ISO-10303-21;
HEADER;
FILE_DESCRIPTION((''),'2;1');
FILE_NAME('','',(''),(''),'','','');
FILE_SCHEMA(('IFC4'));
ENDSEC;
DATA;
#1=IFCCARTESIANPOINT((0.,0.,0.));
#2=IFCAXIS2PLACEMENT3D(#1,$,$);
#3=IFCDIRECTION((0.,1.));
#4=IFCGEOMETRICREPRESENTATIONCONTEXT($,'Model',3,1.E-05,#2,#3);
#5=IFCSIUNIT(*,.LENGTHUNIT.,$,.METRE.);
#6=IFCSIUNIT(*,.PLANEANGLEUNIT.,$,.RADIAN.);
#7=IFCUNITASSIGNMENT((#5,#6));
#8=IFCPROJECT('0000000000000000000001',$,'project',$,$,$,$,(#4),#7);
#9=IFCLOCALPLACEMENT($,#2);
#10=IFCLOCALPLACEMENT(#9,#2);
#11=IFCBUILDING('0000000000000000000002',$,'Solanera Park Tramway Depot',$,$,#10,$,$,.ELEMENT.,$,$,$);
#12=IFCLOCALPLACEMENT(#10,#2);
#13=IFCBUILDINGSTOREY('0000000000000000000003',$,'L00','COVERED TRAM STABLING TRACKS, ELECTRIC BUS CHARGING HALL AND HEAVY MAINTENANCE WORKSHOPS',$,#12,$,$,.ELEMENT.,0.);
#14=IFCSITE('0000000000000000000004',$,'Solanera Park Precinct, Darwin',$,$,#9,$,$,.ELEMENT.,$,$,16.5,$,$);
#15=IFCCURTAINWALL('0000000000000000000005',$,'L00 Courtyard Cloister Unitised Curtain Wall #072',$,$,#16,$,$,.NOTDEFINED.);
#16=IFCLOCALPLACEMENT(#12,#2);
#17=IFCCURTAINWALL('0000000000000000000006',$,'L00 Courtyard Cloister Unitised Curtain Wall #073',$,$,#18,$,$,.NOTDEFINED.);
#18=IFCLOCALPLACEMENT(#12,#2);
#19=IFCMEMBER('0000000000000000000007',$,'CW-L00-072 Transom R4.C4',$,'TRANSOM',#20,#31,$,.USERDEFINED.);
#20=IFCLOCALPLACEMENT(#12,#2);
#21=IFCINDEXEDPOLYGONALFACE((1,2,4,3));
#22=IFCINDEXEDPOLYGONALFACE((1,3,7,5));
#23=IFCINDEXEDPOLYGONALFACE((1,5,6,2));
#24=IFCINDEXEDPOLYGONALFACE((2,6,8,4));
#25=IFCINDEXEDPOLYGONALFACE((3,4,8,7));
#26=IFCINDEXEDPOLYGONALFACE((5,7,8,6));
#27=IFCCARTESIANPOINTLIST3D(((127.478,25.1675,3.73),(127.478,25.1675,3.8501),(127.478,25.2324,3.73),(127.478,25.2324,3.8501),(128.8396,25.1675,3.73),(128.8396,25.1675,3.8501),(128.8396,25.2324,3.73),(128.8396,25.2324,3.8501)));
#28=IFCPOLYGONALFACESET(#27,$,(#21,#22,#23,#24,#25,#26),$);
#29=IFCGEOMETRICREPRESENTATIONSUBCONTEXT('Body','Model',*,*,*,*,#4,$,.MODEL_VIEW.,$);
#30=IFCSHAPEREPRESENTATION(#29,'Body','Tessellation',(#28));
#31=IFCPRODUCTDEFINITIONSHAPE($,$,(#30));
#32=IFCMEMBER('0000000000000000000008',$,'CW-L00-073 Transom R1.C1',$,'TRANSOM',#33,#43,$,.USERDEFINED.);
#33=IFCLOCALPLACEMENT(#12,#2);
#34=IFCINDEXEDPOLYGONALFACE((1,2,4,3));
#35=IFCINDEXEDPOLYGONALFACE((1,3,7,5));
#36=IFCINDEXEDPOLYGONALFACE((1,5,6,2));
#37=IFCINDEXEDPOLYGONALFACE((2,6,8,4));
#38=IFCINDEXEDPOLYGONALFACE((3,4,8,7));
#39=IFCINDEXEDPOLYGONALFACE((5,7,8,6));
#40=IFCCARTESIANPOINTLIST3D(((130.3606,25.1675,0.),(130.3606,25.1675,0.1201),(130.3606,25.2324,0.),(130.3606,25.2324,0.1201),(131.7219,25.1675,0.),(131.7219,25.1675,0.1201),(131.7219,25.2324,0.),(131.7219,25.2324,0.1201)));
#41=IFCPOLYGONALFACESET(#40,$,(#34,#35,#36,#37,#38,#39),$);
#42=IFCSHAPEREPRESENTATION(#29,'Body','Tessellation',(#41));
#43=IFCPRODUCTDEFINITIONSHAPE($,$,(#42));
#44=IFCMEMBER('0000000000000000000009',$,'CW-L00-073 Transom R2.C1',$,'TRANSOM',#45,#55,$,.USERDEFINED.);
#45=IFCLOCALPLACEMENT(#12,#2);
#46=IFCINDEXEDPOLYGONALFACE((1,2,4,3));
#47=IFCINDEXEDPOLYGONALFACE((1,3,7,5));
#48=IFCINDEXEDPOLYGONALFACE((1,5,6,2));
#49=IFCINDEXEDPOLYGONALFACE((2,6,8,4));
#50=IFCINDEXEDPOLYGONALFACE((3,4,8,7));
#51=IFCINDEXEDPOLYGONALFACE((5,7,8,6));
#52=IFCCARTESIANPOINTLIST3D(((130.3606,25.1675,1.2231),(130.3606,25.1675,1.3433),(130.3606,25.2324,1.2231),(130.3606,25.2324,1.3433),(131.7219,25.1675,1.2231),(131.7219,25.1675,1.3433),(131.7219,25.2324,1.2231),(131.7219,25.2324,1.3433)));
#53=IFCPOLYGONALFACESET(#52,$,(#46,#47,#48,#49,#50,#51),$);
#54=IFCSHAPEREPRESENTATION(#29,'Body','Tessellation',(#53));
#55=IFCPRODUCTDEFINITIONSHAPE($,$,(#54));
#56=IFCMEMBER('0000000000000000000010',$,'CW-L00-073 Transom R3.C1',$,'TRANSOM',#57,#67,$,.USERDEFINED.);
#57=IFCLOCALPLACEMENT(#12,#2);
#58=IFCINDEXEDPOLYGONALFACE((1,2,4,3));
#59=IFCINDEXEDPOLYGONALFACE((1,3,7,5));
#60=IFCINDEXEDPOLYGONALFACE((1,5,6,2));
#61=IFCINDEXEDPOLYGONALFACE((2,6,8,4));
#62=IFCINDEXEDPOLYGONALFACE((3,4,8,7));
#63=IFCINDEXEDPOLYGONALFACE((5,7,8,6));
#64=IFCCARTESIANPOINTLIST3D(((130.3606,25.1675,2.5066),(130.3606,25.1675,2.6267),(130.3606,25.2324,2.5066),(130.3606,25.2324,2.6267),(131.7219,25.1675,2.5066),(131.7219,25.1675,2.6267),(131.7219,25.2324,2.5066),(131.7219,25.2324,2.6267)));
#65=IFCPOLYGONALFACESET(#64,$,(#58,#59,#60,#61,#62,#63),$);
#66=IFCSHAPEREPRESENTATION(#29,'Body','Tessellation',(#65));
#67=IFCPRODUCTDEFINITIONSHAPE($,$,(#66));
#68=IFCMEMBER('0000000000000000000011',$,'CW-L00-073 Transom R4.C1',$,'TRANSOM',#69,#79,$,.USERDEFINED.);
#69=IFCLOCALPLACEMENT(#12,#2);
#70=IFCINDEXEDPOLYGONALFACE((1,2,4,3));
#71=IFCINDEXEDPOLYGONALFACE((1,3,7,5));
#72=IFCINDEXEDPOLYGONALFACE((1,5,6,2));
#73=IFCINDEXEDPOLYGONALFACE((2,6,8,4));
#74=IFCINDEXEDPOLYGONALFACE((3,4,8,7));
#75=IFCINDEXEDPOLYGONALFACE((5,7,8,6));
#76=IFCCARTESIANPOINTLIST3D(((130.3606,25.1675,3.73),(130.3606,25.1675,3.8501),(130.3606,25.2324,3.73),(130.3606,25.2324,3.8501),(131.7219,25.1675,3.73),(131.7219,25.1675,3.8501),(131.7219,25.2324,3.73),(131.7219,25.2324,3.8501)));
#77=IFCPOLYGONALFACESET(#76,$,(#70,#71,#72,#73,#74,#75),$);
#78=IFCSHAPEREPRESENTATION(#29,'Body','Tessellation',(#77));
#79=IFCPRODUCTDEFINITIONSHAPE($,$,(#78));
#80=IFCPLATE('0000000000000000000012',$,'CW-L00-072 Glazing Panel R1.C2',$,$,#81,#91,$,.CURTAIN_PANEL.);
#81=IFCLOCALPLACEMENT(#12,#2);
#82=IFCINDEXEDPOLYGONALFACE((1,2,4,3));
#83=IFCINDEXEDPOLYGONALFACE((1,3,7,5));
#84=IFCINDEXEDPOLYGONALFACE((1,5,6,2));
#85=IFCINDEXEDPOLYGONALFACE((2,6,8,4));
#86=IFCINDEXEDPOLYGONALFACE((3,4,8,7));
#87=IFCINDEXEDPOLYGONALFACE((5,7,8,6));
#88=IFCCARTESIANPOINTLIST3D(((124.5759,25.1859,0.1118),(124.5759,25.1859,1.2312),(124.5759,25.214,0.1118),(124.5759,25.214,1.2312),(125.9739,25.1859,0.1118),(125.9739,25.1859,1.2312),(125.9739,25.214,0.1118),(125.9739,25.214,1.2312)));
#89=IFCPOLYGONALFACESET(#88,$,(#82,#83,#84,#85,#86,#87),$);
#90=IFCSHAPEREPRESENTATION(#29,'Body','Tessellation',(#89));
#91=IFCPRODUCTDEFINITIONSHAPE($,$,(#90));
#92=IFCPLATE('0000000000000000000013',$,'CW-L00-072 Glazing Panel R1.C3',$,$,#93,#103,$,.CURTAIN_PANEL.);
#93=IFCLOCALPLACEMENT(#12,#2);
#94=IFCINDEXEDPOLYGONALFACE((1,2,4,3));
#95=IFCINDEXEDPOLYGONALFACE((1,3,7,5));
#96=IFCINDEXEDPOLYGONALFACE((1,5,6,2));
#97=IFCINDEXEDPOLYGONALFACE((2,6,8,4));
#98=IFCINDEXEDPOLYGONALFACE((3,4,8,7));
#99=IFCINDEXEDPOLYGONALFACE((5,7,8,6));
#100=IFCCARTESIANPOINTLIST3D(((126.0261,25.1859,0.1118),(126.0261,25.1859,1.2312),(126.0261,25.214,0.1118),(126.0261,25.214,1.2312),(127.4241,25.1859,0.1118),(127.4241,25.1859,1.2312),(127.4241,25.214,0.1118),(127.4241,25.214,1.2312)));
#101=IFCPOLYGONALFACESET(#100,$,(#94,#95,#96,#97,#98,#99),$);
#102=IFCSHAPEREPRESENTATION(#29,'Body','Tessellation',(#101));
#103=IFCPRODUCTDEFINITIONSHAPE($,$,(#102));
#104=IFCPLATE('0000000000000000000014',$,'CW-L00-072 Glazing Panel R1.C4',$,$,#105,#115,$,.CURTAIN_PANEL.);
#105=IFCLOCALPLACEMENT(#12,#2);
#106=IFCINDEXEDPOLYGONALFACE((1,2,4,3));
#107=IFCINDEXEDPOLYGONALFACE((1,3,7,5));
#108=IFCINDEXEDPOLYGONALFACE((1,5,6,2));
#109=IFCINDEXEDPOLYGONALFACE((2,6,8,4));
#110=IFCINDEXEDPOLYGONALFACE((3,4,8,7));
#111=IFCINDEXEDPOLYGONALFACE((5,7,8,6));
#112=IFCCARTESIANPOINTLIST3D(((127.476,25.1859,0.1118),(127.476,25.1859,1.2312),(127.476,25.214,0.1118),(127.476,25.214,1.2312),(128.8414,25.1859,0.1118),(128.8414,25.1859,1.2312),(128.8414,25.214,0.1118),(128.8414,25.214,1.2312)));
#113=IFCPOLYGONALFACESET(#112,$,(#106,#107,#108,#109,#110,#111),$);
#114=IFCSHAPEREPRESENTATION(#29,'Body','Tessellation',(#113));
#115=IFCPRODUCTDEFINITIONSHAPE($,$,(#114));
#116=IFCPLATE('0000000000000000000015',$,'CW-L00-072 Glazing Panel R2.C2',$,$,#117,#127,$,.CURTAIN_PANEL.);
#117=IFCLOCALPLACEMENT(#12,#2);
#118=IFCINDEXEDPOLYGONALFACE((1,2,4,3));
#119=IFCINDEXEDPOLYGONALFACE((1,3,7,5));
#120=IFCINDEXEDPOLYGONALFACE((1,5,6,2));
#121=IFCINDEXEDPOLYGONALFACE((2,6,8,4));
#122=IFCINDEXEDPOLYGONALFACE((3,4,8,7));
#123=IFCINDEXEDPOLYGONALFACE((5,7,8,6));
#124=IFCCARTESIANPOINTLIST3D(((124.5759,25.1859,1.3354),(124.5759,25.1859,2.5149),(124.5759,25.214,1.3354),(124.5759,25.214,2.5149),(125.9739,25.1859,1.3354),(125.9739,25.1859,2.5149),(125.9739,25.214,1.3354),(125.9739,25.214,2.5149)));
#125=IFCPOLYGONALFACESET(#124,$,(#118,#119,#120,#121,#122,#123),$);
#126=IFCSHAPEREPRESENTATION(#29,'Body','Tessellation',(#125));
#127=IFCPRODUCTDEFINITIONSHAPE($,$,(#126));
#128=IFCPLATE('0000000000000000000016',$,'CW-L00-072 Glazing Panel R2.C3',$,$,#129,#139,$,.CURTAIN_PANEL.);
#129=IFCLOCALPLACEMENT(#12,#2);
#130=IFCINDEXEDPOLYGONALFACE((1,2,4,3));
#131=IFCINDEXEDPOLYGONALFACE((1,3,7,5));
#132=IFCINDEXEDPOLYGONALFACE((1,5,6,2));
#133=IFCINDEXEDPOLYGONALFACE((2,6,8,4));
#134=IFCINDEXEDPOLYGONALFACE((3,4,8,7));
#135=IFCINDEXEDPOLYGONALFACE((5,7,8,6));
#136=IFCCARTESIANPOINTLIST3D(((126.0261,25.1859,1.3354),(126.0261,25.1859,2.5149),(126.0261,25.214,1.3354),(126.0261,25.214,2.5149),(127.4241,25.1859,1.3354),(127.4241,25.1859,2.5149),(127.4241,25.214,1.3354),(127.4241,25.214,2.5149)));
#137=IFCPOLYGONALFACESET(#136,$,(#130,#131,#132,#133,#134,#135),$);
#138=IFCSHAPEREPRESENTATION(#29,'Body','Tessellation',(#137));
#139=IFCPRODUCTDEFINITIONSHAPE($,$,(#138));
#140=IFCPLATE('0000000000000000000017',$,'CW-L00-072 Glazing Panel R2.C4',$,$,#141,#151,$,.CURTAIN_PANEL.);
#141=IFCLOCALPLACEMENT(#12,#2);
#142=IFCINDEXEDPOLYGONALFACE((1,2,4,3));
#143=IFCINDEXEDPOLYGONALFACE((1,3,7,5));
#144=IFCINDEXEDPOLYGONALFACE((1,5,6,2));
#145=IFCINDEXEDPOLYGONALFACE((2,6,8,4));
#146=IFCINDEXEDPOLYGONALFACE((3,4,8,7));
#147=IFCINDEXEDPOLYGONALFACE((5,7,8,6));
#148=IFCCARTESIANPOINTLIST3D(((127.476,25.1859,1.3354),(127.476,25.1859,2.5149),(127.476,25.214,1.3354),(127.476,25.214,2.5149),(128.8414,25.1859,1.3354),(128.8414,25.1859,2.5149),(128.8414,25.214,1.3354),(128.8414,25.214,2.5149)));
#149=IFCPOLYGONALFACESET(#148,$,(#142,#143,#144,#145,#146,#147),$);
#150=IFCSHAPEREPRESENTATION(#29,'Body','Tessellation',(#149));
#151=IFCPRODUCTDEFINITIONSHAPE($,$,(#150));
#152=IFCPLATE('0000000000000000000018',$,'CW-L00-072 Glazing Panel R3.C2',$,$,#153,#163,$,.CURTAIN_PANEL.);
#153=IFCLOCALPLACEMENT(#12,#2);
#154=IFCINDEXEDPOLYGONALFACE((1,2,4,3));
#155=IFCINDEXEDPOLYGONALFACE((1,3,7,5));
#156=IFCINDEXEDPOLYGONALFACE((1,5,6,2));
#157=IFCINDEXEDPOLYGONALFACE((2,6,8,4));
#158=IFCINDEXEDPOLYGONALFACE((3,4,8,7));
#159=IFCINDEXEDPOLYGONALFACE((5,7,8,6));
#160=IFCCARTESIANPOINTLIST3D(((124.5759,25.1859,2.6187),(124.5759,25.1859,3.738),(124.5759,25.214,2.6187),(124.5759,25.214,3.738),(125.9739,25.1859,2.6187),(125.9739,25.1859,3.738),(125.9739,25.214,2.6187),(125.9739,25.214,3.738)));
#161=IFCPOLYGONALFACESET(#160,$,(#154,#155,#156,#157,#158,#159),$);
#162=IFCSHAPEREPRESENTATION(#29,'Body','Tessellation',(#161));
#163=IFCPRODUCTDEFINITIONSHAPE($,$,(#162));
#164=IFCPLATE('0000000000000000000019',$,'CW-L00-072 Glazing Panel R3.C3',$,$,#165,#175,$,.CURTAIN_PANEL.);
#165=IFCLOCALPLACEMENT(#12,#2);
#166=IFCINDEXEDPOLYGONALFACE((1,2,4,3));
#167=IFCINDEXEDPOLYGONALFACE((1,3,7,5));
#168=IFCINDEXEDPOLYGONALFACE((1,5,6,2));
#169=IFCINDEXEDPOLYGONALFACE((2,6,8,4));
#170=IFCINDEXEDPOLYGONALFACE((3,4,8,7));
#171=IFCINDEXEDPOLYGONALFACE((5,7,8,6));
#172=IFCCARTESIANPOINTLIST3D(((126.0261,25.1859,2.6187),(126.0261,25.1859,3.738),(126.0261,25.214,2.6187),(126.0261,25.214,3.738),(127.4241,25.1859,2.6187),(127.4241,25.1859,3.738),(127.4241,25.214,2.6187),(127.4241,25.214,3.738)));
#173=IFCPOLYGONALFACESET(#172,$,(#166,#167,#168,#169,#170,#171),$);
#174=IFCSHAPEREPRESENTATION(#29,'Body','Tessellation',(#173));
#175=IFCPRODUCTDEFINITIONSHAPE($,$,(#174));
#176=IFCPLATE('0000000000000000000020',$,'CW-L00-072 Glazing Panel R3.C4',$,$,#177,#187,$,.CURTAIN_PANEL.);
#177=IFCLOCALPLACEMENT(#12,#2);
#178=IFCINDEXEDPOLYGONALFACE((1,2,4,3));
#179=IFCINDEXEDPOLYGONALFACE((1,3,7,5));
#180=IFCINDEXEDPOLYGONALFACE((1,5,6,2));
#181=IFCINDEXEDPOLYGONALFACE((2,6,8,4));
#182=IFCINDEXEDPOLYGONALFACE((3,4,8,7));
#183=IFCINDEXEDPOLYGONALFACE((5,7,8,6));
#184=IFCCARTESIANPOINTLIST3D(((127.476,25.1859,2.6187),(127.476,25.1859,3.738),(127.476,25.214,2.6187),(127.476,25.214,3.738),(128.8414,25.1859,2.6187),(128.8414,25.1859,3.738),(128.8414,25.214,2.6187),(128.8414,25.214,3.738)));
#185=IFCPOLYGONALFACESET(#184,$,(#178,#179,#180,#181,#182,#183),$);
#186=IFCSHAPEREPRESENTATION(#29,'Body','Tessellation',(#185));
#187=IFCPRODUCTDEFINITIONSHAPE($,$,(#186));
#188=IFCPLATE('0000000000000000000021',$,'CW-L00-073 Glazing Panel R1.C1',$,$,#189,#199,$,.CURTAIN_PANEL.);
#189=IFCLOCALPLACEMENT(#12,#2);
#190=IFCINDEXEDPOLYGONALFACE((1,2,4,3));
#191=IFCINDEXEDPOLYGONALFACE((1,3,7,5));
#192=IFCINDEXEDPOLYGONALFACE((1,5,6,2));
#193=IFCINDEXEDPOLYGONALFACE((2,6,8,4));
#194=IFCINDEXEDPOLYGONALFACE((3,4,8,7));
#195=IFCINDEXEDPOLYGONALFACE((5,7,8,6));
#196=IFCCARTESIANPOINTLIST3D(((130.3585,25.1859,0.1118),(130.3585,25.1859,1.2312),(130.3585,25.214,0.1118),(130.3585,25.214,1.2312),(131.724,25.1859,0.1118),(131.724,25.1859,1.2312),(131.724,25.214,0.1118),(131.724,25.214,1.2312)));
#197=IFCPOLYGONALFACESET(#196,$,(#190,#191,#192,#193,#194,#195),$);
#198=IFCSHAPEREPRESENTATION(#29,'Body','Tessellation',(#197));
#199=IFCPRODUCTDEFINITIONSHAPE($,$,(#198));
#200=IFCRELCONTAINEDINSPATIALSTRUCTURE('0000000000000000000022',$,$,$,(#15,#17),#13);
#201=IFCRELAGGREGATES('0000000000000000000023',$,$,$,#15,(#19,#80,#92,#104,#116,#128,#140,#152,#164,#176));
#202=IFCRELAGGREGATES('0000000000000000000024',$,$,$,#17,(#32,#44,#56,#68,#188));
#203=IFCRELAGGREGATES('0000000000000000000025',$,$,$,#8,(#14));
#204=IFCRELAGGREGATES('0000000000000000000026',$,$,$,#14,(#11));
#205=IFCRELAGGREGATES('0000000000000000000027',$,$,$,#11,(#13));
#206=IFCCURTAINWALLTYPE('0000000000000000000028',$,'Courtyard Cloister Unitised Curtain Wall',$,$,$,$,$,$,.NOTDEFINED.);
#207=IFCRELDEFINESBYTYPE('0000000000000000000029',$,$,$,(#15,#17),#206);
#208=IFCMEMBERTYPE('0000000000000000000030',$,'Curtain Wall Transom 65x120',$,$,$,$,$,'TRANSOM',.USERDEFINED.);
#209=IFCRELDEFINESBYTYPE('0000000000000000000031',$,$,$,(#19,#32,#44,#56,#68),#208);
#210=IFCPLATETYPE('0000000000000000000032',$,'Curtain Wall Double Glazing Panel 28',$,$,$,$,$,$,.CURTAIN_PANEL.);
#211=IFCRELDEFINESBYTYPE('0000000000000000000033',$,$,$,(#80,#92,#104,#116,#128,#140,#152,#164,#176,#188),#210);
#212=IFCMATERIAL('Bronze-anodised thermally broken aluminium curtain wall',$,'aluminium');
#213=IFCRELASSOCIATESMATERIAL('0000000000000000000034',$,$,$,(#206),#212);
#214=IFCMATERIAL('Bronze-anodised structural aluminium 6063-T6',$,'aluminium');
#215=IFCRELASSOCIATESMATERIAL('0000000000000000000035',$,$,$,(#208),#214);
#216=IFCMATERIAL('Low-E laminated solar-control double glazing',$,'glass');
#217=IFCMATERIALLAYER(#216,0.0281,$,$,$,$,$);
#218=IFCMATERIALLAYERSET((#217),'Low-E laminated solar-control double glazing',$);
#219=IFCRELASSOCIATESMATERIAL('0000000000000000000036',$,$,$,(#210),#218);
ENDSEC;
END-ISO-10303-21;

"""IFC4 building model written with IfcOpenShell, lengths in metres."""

from ifc_helpers import new_model, si_unit, direction, frame, origin, origin_2d, place, context, subcontext, project, spatial, rectangle, extrude, material, layer, layer_set, material_profile, profile_set, type_object, element, aggregate, save


model = new_model("IFC4")

# Units and contexts
model_context = context("Model", 3, precision=1e-05, world=origin(), true_north=direction((0.0, 1.0)))
body_context = subcontext(model_context, "Body", "Model", "MODEL_VIEW")
ifc_project = project(units=[si_unit("LENGTHUNIT", "METRE"), si_unit("PLANEANGLEUNIT", "RADIAN")], contexts=[model_context])

# Site, building, storey
site_placement = place(None, origin())
site = spatial("IfcSite", under=ifc_project, at=site_placement, Name="Solanera Park Precinct, Darwin", CompositionType="ELEMENT", RefElevation=16.5)
building_placement = place(site_placement, origin())
building = spatial("IfcBuilding", under=site, at=building_placement, Name="Solanera Park Tramway Depot", CompositionType="ELEMENT")
storey_placement = place(building_placement, origin())
storey = spatial("IfcBuildingStorey", under=building, at=storey_placement, Name="L00", Description="COVERED TRAM STABLING TRACKS, ELECTRIC BUS CHARGING HALL AND HEAVY MAINTENANCE WORKSHOPS", CompositionType="ELEMENT", Elevation=0.0)

# Curtain wall
ifc_material_1 = material(Name="Bronze-anodised thermally broken aluminium curtain wall", Category="aluminium")
curtain_wall_type = type_object("IfcCurtainWallType", Name="Courtyard Cloister Unitised Curtain Wall", PredefinedType="NOTDEFINED", material=ifc_material_1)
curtain_wall_1_placement = place(storey_placement, origin())
curtain_wall_1 = element("IfcCurtainWall", 1, at=curtain_wall_1_placement, inside=storey, type_object=curtain_wall_type, Name="L00 Courtyard Cloister Unitised Curtain Wall #072", PredefinedType="NOTDEFINED")

# Curtain wall
curtain_wall_2_placement = place(storey_placement, origin())
curtain_wall_2 = element("IfcCurtainWall", 2, at=curtain_wall_2_placement, inside=storey, type_object=curtain_wall_type, Name="L00 Courtyard Cloister Unitised Curtain Wall #073", PredefinedType="NOTDEFINED")

# Members
ifc_material_2 = material(Name="Bronze-anodised structural aluminium 6063-T6", Category="aluminium")
ifc_material_profile_1 = material_profile(ifc_material_2, rectangle(XDim=0.0649, YDim=0.1201, at=origin_2d()), Name="Curtain Wall Transom 65x120")
ifc_profile_set_1 = profile_set([ifc_material_profile_1], Name="Bronze-anodised structural aluminium 6063-T6")
member_type_1 = type_object("IfcMemberType", Name="Curtain Wall Transom 65x120", ElementType="TRANSOM", PredefinedType="USERDEFINED", material=ifc_profile_set_1)
member_1_placement = place(storey_placement, frame((127.478, 25.2, 3.79), z_axis=(1.0, 0.0, 0.0), x_axis=(0.0, 1.0, 0.0)))
member_1 = element("IfcMember", 3, at=member_1_placement, type_object=member_type_1, Name="CW-L00-072 Transom R4.C4", ObjectType="TRANSOM", PredefinedType="USERDEFINED", context=body_context, shape_type="SweptSolid", body=[
    extrude(rectangle(XDim=0.0649, YDim=0.1201, at=origin_2d()), origin(), (0.0, 0.0, 1.0), 1.3616),
])
member_2_placement = place(storey_placement, frame((130.3606, 25.2, 0.0601), z_axis=(1.0, 0.0, 0.0), x_axis=(0.0, 1.0, 0.0)))
member_2 = element("IfcMember", 4, at=member_2_placement, type_object=member_type_1, Name="CW-L00-073 Transom R1.C1", ObjectType="TRANSOM", PredefinedType="USERDEFINED", context=body_context, shape_type="SweptSolid", body=[
    extrude(rectangle(XDim=0.0649, YDim=0.1201, at=origin_2d()), origin(), (0.0, 0.0, 1.0), 1.3613),
])
member_3_placement = place(storey_placement, frame((130.3606, 25.2, 1.2832), z_axis=(1.0, 0.0, 0.0), x_axis=(0.0, 1.0, 0.0)))
member_3 = element("IfcMember", 5, at=member_3_placement, type_object=member_type_1, Name="CW-L00-073 Transom R2.C1", ObjectType="TRANSOM", PredefinedType="USERDEFINED", context=body_context, shape_type="SweptSolid", body=[
    extrude(rectangle(XDim=0.0649, YDim=0.1201, at=origin_2d()), origin(), (0.0, 0.0, 1.0), 1.3613),
])
member_4_placement = place(storey_placement, frame((130.3606, 25.2, 2.5667), z_axis=(1.0, 0.0, 0.0), x_axis=(0.0, 1.0, 0.0)))
member_4 = element("IfcMember", 6, at=member_4_placement, type_object=member_type_1, Name="CW-L00-073 Transom R3.C1", ObjectType="TRANSOM", PredefinedType="USERDEFINED", context=body_context, shape_type="SweptSolid", body=[
    extrude(rectangle(XDim=0.0649, YDim=0.1201, at=origin_2d()), origin(), (0.0, 0.0, 1.0), 1.3613),
])
member_5_placement = place(storey_placement, frame((130.3606, 25.2, 3.79), z_axis=(1.0, 0.0, 0.0), x_axis=(0.0, 1.0, 0.0)))
member_5 = element("IfcMember", 7, at=member_5_placement, type_object=member_type_1, Name="CW-L00-073 Transom R4.C1", ObjectType="TRANSOM", PredefinedType="USERDEFINED", context=body_context, shape_type="SweptSolid", body=[
    extrude(rectangle(XDim=0.0649, YDim=0.1201, at=origin_2d()), origin(), (0.0, 0.0, 1.0), 1.3613),
])

# Plates
ifc_material_3 = material(Name="Low-E laminated solar-control double glazing", Category="glass")
ifc_layer = layer(ifc_material_3, 0.0281)
ifc_layer_set = layer_set([ifc_layer], Name="Low-E laminated solar-control double glazing")
plate_type = type_object("IfcPlateType", Name="Curtain Wall Double Glazing Panel 28", PredefinedType="CURTAIN_PANEL", material=ifc_layer_set)
plate_1_placement = place(storey_placement, frame((125.2749, 25.2, 0.1118), z_axis=(0.0, 0.0, 1.0), x_axis=(1.0, 0.0, 0.0)))
plate_1 = element("IfcPlate", 8, at=plate_1_placement, type_object=plate_type, Name="CW-L00-072 Glazing Panel R1.C2", PredefinedType="CURTAIN_PANEL", context=body_context, shape_type="SweptSolid", body=[
    extrude(rectangle(XDim=1.3979, YDim=0.0281, at=origin_2d()), origin(), (0.0, 0.0, 1.0), 1.1194),
])
plate_2_placement = place(storey_placement, frame((126.7251, 25.2, 0.1118), z_axis=(0.0, 0.0, 1.0), x_axis=(1.0, 0.0, 0.0)))
plate_2 = element("IfcPlate", 9, at=plate_2_placement, type_object=plate_type, Name="CW-L00-072 Glazing Panel R1.C3", PredefinedType="CURTAIN_PANEL", context=body_context, shape_type="SweptSolid", body=[
    extrude(rectangle(XDim=1.3979, YDim=0.0281, at=origin_2d()), origin(), (0.0, 0.0, 1.0), 1.1194),
])
plate_3_placement = place(storey_placement, frame((128.1587, 25.2, 0.1118), z_axis=(0.0, 0.0, 1.0), x_axis=(1.0, 0.0, 0.0)))
plate_3 = element("IfcPlate", 10, at=plate_3_placement, type_object=plate_type, Name="CW-L00-072 Glazing Panel R1.C4", PredefinedType="CURTAIN_PANEL", context=body_context, shape_type="SweptSolid", body=[
    extrude(rectangle(XDim=1.3655, YDim=0.0281, at=origin_2d()), origin(), (0.0, 0.0, 1.0), 1.1194),
])
plate_4_placement = place(storey_placement, frame((125.2749, 25.2, 1.3354), z_axis=(0.0, 0.0, 1.0), x_axis=(1.0, 0.0, 0.0)))
plate_4 = element("IfcPlate", 11, at=plate_4_placement, type_object=plate_type, Name="CW-L00-072 Glazing Panel R2.C2", PredefinedType="CURTAIN_PANEL", context=body_context, shape_type="SweptSolid", body=[
    extrude(rectangle(XDim=1.3979, YDim=0.0281, at=origin_2d()), origin(), (0.0, 0.0, 1.0), 1.1794),
])
plate_5_placement = place(storey_placement, frame((126.7251, 25.2, 1.3354), z_axis=(0.0, 0.0, 1.0), x_axis=(1.0, 0.0, 0.0)))
plate_5 = element("IfcPlate", 12, at=plate_5_placement, type_object=plate_type, Name="CW-L00-072 Glazing Panel R2.C3", PredefinedType="CURTAIN_PANEL", context=body_context, shape_type="SweptSolid", body=[
    extrude(rectangle(XDim=1.3979, YDim=0.0281, at=origin_2d()), origin(), (0.0, 0.0, 1.0), 1.1794),
])
plate_6_placement = place(storey_placement, frame((128.1587, 25.2, 1.3354), z_axis=(0.0, 0.0, 1.0), x_axis=(1.0, 0.0, 0.0)))
plate_6 = element("IfcPlate", 13, at=plate_6_placement, type_object=plate_type, Name="CW-L00-072 Glazing Panel R2.C4", PredefinedType="CURTAIN_PANEL", context=body_context, shape_type="SweptSolid", body=[
    extrude(rectangle(XDim=1.3655, YDim=0.0281, at=origin_2d()), origin(), (0.0, 0.0, 1.0), 1.1794),
])
plate_7_placement = place(storey_placement, frame((125.2749, 25.2, 2.6187), z_axis=(0.0, 0.0, 1.0), x_axis=(1.0, 0.0, 0.0)))
plate_7 = element("IfcPlate", 14, at=plate_7_placement, type_object=plate_type, Name="CW-L00-072 Glazing Panel R3.C2", PredefinedType="CURTAIN_PANEL", context=body_context, shape_type="SweptSolid", body=[
    extrude(rectangle(XDim=1.3979, YDim=0.0281, at=origin_2d()), origin(), (0.0, 0.0, 1.0), 1.1194),
])
plate_8_placement = place(storey_placement, frame((126.7251, 25.2, 2.6187), z_axis=(0.0, 0.0, 1.0), x_axis=(1.0, 0.0, 0.0)))
plate_8 = element("IfcPlate", 15, at=plate_8_placement, type_object=plate_type, Name="CW-L00-072 Glazing Panel R3.C3", PredefinedType="CURTAIN_PANEL", context=body_context, shape_type="SweptSolid", body=[
    extrude(rectangle(XDim=1.3979, YDim=0.0281, at=origin_2d()), origin(), (0.0, 0.0, 1.0), 1.1194),
])
plate_9_placement = place(storey_placement, frame((128.1587, 25.2, 2.6187), z_axis=(0.0, 0.0, 1.0), x_axis=(1.0, 0.0, 0.0)))
plate_9 = element("IfcPlate", 16, at=plate_9_placement, type_object=plate_type, Name="CW-L00-072 Glazing Panel R3.C4", PredefinedType="CURTAIN_PANEL", context=body_context, shape_type="SweptSolid", body=[
    extrude(rectangle(XDim=1.3655, YDim=0.0281, at=origin_2d()), origin(), (0.0, 0.0, 1.0), 1.1194),
])
aggregate(curtain_wall_1, [member_1, plate_1, plate_2, plate_3, plate_4, plate_5, plate_6, plate_7, plate_8, plate_9])
plate_10_placement = place(storey_placement, frame((131.0413, 25.2, 0.1118), z_axis=(0.0, 0.0, 1.0), x_axis=(1.0, 0.0, 0.0)))
plate_10 = element("IfcPlate", 17, at=plate_10_placement, type_object=plate_type, Name="CW-L00-073 Glazing Panel R1.C1", PredefinedType="CURTAIN_PANEL", context=body_context, shape_type="SweptSolid", body=[
    extrude(rectangle(XDim=1.3655, YDim=0.0281, at=origin_2d()), origin(), (0.0, 0.0, 1.0), 1.1194),
])
aggregate(curtain_wall_2, [member_2, member_3, member_4, member_5, plate_10])

save(model, "model.ifc")
